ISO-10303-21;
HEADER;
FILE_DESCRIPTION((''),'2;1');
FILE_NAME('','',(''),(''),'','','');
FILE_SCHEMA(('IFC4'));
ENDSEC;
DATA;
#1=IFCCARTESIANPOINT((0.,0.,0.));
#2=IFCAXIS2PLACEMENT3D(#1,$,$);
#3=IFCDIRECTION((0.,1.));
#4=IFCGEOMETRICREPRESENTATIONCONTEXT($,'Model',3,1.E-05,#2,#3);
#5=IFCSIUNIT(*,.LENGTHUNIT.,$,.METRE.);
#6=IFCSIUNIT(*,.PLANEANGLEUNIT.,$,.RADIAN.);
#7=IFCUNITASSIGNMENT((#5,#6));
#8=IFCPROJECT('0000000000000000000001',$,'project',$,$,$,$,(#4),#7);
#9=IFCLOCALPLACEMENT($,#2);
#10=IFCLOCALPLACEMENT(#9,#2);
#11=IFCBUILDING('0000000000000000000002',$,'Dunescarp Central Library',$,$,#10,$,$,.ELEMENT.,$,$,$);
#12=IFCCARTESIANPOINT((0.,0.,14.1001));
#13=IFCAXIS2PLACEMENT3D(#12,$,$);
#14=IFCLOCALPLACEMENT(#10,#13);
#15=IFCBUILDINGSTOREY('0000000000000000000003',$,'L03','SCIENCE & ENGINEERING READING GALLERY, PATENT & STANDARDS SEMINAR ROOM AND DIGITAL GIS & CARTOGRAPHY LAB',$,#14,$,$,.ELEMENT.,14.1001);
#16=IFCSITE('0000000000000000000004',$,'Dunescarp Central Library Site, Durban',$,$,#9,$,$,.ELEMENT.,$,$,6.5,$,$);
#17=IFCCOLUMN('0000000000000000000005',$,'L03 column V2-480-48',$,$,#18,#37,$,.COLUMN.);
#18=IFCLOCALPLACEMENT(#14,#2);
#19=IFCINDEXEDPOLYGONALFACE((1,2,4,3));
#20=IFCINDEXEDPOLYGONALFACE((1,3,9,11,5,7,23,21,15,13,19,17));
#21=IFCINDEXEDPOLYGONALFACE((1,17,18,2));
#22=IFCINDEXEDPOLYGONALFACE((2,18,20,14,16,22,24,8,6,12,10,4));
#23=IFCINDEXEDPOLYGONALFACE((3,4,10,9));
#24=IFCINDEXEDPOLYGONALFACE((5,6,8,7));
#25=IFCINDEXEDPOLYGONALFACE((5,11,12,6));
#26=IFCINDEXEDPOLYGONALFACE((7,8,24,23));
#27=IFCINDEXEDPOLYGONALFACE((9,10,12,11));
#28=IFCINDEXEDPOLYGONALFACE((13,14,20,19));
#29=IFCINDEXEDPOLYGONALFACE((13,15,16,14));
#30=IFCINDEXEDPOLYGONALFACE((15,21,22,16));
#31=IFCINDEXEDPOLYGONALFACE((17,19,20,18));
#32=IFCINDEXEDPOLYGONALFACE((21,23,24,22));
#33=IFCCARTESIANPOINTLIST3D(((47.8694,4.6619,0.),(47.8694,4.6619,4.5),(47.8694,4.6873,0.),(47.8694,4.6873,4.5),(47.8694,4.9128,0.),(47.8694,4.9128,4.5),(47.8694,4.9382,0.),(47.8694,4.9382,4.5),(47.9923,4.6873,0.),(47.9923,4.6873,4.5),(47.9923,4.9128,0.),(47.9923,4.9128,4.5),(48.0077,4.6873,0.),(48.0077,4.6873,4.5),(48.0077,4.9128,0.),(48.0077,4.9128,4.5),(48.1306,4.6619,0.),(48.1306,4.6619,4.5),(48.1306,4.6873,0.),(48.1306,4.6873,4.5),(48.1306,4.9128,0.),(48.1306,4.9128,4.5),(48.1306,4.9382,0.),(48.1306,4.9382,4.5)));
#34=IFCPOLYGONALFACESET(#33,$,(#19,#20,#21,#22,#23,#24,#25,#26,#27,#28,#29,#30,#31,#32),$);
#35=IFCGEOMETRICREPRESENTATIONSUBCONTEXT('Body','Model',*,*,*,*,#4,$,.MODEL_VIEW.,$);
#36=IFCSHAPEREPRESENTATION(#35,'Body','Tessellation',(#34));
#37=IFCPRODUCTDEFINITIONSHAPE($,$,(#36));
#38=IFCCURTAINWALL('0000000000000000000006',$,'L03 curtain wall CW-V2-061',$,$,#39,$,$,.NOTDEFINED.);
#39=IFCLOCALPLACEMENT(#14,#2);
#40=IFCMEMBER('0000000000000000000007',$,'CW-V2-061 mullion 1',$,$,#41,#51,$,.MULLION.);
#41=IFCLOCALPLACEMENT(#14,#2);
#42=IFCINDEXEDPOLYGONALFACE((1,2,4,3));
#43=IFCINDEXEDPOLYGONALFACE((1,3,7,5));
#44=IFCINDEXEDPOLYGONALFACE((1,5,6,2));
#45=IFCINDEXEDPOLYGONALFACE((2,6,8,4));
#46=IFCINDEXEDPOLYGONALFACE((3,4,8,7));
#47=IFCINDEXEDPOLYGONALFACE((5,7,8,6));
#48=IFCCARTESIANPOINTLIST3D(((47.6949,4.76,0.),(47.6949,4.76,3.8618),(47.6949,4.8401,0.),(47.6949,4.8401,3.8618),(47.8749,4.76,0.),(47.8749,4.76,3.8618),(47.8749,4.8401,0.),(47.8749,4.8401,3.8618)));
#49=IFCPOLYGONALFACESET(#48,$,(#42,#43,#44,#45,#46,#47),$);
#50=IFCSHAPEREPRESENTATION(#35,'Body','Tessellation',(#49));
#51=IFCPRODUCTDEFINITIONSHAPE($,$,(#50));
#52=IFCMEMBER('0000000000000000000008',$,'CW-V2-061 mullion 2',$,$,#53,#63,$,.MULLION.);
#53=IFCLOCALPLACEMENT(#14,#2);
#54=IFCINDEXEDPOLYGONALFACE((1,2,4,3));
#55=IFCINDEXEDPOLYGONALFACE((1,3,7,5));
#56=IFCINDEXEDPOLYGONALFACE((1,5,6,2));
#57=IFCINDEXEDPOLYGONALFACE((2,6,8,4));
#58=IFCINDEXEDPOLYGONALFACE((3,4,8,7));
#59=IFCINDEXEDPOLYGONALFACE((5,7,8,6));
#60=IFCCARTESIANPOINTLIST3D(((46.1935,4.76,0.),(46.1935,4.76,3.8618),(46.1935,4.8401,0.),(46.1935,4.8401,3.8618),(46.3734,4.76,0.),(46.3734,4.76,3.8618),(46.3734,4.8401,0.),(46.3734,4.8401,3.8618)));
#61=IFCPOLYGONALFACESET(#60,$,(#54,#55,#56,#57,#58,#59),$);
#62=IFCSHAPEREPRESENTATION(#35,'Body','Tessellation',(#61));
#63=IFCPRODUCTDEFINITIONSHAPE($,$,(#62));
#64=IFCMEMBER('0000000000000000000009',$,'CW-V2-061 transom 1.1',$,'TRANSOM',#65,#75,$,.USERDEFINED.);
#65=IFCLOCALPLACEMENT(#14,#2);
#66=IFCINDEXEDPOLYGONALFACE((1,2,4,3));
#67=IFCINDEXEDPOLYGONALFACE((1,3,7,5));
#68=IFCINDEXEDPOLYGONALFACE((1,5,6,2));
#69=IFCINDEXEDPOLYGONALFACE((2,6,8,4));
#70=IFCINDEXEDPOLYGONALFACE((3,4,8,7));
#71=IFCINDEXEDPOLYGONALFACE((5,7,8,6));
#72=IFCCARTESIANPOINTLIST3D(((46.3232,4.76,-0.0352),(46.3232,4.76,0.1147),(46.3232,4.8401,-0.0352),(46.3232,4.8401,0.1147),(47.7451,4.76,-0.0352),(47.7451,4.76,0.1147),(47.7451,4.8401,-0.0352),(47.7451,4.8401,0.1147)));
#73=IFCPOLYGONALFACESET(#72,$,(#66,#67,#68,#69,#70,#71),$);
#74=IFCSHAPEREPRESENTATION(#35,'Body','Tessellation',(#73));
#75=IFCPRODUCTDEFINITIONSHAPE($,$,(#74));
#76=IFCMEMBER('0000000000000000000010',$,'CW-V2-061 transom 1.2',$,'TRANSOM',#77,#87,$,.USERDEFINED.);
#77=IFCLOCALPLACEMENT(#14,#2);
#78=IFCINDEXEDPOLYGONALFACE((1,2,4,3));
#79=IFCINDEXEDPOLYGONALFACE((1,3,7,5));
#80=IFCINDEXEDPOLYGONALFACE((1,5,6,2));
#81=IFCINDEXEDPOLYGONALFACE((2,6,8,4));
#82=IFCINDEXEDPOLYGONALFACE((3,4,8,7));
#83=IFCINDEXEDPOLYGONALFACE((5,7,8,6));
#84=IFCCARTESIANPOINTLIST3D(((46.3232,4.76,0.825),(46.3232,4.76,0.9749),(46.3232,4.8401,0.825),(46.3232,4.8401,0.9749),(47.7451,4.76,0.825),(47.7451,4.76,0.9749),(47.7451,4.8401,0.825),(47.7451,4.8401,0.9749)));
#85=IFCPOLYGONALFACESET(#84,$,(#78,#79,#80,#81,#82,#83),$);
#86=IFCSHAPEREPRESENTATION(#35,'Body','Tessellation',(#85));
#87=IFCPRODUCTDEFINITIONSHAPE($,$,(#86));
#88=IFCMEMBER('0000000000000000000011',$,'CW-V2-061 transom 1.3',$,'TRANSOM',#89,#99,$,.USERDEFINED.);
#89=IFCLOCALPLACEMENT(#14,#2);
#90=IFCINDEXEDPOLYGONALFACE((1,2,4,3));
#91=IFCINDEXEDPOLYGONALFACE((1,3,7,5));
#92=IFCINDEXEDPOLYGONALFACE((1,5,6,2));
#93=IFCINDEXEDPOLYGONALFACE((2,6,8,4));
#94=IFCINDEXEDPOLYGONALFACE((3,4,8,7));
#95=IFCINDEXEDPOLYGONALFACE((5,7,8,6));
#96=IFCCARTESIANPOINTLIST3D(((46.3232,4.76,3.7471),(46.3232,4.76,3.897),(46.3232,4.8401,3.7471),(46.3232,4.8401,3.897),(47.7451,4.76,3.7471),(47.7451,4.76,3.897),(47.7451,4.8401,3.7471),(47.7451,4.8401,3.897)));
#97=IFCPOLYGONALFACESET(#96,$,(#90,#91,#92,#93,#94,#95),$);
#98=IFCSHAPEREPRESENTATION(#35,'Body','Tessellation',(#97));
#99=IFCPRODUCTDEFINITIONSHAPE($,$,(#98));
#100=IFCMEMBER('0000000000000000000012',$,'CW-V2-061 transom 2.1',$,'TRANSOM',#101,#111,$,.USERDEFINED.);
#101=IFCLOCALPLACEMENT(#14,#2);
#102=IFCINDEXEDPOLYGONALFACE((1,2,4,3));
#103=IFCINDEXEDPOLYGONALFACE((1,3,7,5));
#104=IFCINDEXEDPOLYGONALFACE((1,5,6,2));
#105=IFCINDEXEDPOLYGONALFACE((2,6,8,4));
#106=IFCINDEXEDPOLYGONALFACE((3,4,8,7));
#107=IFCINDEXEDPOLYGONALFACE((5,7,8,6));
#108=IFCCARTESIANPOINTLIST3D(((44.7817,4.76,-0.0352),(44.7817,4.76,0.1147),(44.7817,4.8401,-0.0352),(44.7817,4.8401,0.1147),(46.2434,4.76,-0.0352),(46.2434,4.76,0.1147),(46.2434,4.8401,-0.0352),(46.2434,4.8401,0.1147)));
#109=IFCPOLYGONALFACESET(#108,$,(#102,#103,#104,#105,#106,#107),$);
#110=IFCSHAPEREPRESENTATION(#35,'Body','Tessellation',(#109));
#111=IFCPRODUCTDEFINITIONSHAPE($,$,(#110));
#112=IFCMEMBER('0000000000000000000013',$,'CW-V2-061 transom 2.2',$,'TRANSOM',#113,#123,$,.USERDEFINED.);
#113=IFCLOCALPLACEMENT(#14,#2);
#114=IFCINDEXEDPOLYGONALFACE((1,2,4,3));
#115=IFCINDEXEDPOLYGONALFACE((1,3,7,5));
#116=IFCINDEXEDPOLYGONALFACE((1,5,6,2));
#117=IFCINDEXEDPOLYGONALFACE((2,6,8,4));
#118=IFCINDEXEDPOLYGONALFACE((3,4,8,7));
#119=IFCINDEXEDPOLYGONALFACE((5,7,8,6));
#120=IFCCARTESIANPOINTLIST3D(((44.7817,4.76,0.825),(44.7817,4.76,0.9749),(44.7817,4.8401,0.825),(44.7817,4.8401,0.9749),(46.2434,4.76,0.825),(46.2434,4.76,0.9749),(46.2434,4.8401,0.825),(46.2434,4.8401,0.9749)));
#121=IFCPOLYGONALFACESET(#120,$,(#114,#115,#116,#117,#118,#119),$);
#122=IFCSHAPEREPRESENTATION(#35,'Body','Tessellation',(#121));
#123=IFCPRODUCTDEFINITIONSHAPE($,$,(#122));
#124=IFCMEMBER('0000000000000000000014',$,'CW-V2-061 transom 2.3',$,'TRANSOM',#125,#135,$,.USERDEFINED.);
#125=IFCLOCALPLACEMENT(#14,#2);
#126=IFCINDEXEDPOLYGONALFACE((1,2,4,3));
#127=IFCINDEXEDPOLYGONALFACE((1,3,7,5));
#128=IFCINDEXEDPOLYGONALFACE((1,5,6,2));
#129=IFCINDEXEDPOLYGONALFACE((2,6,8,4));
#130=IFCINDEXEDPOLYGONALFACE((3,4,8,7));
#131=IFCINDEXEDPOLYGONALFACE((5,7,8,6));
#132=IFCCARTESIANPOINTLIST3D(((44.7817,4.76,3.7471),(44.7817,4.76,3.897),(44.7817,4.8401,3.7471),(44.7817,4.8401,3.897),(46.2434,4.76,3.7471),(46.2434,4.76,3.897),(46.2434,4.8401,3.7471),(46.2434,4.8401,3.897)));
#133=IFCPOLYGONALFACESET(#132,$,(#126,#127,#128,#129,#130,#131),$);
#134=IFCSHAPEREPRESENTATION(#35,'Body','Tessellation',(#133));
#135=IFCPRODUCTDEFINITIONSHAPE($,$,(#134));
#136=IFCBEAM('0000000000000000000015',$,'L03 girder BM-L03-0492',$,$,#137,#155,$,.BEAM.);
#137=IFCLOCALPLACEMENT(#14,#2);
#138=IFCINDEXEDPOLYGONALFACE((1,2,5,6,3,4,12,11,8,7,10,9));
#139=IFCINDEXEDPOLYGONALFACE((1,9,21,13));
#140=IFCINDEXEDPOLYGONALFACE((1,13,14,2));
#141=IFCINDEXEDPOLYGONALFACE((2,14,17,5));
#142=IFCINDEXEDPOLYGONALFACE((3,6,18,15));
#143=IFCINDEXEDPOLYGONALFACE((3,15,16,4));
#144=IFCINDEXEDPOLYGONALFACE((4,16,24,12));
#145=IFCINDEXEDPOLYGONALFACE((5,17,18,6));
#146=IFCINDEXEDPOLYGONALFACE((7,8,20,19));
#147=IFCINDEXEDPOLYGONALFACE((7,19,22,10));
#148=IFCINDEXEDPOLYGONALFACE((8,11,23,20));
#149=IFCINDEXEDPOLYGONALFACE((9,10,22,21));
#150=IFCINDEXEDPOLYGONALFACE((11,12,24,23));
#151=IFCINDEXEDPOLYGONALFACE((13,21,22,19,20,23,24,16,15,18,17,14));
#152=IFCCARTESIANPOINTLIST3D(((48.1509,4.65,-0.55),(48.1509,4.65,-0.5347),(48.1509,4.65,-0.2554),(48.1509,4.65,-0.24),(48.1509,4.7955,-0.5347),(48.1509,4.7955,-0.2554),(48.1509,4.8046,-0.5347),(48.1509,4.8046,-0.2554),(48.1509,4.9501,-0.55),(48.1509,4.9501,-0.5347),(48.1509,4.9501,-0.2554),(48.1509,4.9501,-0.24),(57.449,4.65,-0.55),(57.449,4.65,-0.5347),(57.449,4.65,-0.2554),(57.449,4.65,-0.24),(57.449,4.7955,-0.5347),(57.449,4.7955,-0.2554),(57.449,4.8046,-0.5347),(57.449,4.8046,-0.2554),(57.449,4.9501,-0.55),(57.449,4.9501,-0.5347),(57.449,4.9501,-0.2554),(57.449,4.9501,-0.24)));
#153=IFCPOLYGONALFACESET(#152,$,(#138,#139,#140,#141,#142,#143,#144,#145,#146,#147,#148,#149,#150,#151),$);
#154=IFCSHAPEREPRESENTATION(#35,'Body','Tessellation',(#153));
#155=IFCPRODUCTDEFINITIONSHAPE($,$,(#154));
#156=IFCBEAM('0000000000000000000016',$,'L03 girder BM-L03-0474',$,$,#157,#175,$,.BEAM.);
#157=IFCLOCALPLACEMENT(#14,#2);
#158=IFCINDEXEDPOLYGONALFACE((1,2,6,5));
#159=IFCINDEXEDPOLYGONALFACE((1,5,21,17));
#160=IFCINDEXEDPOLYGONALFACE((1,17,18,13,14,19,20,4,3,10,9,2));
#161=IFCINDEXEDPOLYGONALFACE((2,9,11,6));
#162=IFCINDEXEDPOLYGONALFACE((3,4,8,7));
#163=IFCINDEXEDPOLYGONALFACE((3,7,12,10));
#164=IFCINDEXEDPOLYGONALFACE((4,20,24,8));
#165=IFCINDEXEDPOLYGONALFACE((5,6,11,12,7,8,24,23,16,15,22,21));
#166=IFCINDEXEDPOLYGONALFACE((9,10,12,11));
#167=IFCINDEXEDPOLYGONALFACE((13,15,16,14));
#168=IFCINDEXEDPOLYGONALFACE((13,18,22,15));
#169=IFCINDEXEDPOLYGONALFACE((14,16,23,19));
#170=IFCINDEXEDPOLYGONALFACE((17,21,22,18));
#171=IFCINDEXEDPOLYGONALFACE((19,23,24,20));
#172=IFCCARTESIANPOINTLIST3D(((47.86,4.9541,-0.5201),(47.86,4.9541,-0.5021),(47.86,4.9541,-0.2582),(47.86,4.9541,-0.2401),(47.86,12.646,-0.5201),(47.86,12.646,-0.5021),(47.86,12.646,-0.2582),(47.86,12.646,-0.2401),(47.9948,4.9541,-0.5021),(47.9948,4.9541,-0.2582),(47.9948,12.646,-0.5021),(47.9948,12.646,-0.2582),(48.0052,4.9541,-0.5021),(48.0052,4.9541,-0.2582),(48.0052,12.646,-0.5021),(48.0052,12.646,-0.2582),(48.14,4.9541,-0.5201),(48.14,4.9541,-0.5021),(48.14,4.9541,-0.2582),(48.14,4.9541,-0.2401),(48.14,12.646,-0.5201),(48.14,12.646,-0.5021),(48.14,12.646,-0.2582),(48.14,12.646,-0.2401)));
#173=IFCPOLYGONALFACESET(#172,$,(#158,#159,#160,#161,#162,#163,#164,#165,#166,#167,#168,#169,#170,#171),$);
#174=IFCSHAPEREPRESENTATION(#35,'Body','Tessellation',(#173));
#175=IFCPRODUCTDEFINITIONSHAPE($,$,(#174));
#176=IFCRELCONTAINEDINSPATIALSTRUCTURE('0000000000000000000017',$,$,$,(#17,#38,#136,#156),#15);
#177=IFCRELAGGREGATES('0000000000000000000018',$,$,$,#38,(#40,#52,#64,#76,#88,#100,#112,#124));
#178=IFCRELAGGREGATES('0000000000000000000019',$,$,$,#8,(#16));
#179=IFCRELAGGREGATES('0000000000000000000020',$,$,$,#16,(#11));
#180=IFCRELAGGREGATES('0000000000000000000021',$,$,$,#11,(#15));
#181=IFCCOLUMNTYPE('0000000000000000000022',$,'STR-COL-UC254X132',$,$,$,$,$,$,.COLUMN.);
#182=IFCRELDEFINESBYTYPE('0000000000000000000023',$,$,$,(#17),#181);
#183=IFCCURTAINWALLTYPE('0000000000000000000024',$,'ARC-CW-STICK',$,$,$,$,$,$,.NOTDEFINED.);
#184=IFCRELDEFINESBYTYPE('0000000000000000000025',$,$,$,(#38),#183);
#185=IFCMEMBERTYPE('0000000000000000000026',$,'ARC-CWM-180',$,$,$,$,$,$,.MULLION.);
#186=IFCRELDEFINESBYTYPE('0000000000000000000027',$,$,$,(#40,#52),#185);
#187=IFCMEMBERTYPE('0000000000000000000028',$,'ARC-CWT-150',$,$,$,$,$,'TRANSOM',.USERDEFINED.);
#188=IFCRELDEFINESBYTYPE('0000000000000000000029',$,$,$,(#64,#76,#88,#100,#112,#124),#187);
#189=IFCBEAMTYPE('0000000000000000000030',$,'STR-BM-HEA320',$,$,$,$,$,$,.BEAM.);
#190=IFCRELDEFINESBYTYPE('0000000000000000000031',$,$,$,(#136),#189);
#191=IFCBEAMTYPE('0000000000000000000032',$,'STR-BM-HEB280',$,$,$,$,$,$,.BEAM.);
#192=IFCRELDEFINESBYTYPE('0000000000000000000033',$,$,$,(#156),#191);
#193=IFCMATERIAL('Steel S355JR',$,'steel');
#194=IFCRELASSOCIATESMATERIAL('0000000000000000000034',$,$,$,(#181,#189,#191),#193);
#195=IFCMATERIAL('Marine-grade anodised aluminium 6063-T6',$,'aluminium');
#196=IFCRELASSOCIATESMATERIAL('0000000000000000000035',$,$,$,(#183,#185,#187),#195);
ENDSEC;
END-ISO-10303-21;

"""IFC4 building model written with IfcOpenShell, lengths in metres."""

from ifc_helpers import new_model, si_unit, direction, frame, origin, origin_2d, place, context, subcontext, project, spatial, rectangle, i_section, extrude, material, material_profile, profile_set, type_object, element, aggregate, save


model = new_model("IFC4")

# Units and contexts
model_context = context("Model", 3, precision=1e-05, world=origin(), true_north=direction((0.0, 1.0)))
body_context = subcontext(model_context, "Body", "Model", "MODEL_VIEW")
ifc_project = project(units=[si_unit("LENGTHUNIT", "METRE"), si_unit("PLANEANGLEUNIT", "RADIAN")], contexts=[model_context])

# Site, building, storey
site_placement = place(None, origin())
site = spatial("IfcSite", under=ifc_project, at=site_placement, Name="Dunescarp Central Library Site, Durban", CompositionType="ELEMENT", RefElevation=6.5)
building_placement = place(site_placement, origin())
building = spatial("IfcBuilding", under=site, at=building_placement, Name="Dunescarp Central Library", CompositionType="ELEMENT")
storey_placement = place(building_placement, frame((0.0, 0.0, 14.1001)))
storey = spatial("IfcBuildingStorey", under=building, at=storey_placement, Name="L03", Description="SCIENCE & ENGINEERING READING GALLERY, PATENT & STANDARDS SEMINAR ROOM AND DIGITAL GIS & CARTOGRAPHY LAB", CompositionType="ELEMENT", Elevation=14.1001)

# Column
ifc_material_1 = material(Name="Steel S355JR", Category="steel")
ifc_material_profile_1 = material_profile(ifc_material_1, i_section(OverallWidth=0.2612, OverallDepth=0.2764, WebThickness=0.0154, FlangeThickness=0.0254, at=origin_2d()), Name="UC 254x254x132")
ifc_profile_set_1 = profile_set([ifc_material_profile_1], Name="Steel S355JR")
column_type = type_object("IfcColumnType", Name="STR-COL-UC254X132", PredefinedType="COLUMN", material=ifc_profile_set_1)
column_placement = place(storey_placement, frame((48.0, 4.8, 0.0), z_axis=(0.0, 0.0, 1.0), x_axis=(1.0, 0.0, 0.0)))
element("IfcColumn", 1, at=column_placement, inside=storey, type_object=column_type, Name="L03 column V2-480-48", PredefinedType="COLUMN", context=body_context, shape_type="SweptSolid", body=[
    extrude(i_section(OverallWidth=0.2612, OverallDepth=0.2764, WebThickness=0.0154, FlangeThickness=0.0254, at=origin_2d()), origin(), (0.0, 0.0, 1.0), 4.5),
])

# Curtain wall, members
ifc_material_2 = material(Name="Marine-grade anodised aluminium 6063-T6", Category="aluminium")
curtain_wall_type = type_object("IfcCurtainWallType", Name="ARC-CW-STICK", PredefinedType="NOTDEFINED", material=ifc_material_2)
curtain_wall_placement = place(storey_placement, origin())
curtain_wall = element("IfcCurtainWall", 2, at=curtain_wall_placement, inside=storey, type_object=curtain_wall_type, Name="L03 curtain wall CW-V2-061", PredefinedType="NOTDEFINED")
ifc_material_profile_2 = material_profile(ifc_material_2, rectangle(XDim=0.0801, YDim=0.1799, at=origin_2d()), Name="AL 80x180")
ifc_profile_set_2 = profile_set([ifc_material_profile_2], Name="Marine-grade anodised aluminium 6063-T6")
member_type_1 = type_object("IfcMemberType", Name="ARC-CWM-180", PredefinedType="MULLION", material=ifc_profile_set_2)
member_1_placement = place(storey_placement, frame((47.7849, 4.8, 0.0), z_axis=(0.0, 0.0, 1.0), x_axis=(0.0, -1.0, 0.0)))
member_1 = element("IfcMember", 3, at=member_1_placement, type_object=member_type_1, Name="CW-V2-061 mullion 1", PredefinedType="MULLION", context=body_context, shape_type="SweptSolid", body=[
    extrude(rectangle(XDim=0.0801, YDim=0.1799, at=origin_2d()), origin(), (0.0, 0.0, 1.0), 3.8618),
])
member_2_placement = place(storey_placement, frame((46.2834, 4.8, 0.0), z_axis=(0.0, 0.0, 1.0), x_axis=(0.0, -1.0, 0.0)))
member_2 = element("IfcMember", 4, at=member_2_placement, type_object=member_type_1, Name="CW-V2-061 mullion 2", PredefinedType="MULLION", context=body_context, shape_type="SweptSolid", body=[
    extrude(rectangle(XDim=0.0801, YDim=0.1799, at=origin_2d()), origin(), (0.0, 0.0, 1.0), 3.8618),
])
ifc_material_profile_3 = material_profile(ifc_material_2, rectangle(XDim=0.0801, YDim=0.1499, at=origin_2d()), Name="AL 80x150")
ifc_profile_set_3 = profile_set([ifc_material_profile_3], Name="Marine-grade anodised aluminium 6063-T6")
member_type_2 = type_object("IfcMemberType", Name="ARC-CWT-150", ElementType="TRANSOM", PredefinedType="USERDEFINED", material=ifc_profile_set_3)
member_3_placement = place(storey_placement, frame((47.7451, 4.8, 0.0398), z_axis=(-1.0, 0.0, 0.0), x_axis=(0.0, -1.0, 0.0)))
member_3 = element("IfcMember", 5, at=member_3_placement, type_object=member_type_2, Name="CW-V2-061 transom 1.1", ObjectType="TRANSOM", PredefinedType="USERDEFINED", context=body_context, shape_type="SweptSolid", body=[
    extrude(rectangle(XDim=0.0801, YDim=0.1499, at=origin_2d()), origin(), (0.0, 0.0, 1.0), 1.4219),
])
member_4_placement = place(storey_placement, frame((47.7451, 4.8, 0.8999), z_axis=(-1.0, 0.0, 0.0), x_axis=(0.0, -1.0, 0.0)))
member_4 = element("IfcMember", 6, at=member_4_placement, type_object=member_type_2, Name="CW-V2-061 transom 1.2", ObjectType="TRANSOM", PredefinedType="USERDEFINED", context=body_context, shape_type="SweptSolid", body=[
    extrude(rectangle(XDim=0.0801, YDim=0.1499, at=origin_2d()), origin(), (0.0, 0.0, 1.0), 1.4219),
])
member_5_placement = place(storey_placement, frame((47.7451, 4.8, 3.822), z_axis=(-1.0, 0.0, 0.0), x_axis=(0.0, -1.0, 0.0)))
member_5 = element("IfcMember", 7, at=member_5_placement, type_object=member_type_2, Name="CW-V2-061 transom 1.3", ObjectType="TRANSOM", PredefinedType="USERDEFINED", context=body_context, shape_type="SweptSolid", body=[
    extrude(rectangle(XDim=0.0801, YDim=0.1499, at=origin_2d()), origin(), (0.0, 0.0, 1.0), 1.4219),
])
member_6_placement = place(storey_placement, frame((46.2434, 4.8, 0.0398), z_axis=(-1.0, 0.0, 0.0), x_axis=(0.0, -1.0, 0.0)))
member_6 = element("IfcMember", 8, at=member_6_placement, type_object=member_type_2, Name="CW-V2-061 transom 2.1", ObjectType="TRANSOM", PredefinedType="USERDEFINED", context=body_context, shape_type="SweptSolid", body=[
    extrude(rectangle(XDim=0.0801, YDim=0.1499, at=origin_2d()), origin(), (0.0, 0.0, 1.0), 1.4617),
])
member_7_placement = place(storey_placement, frame((46.2434, 4.8, 0.8999), z_axis=(-1.0, 0.0, 0.0), x_axis=(0.0, -1.0, 0.0)))
member_7 = element("IfcMember", 9, at=member_7_placement, type_object=member_type_2, Name="CW-V2-061 transom 2.2", ObjectType="TRANSOM", PredefinedType="USERDEFINED", context=body_context, shape_type="SweptSolid", body=[
    extrude(rectangle(XDim=0.0801, YDim=0.1499, at=origin_2d()), origin(), (0.0, 0.0, 1.0), 1.4617),
])
member_8_placement = place(storey_placement, frame((46.2434, 4.8, 3.822), z_axis=(-1.0, 0.0, 0.0), x_axis=(0.0, -1.0, 0.0)))
member_8 = element("IfcMember", 10, at=member_8_placement, type_object=member_type_2, Name="CW-V2-061 transom 2.3", ObjectType="TRANSOM", PredefinedType="USERDEFINED", context=body_context, shape_type="SweptSolid", body=[
    extrude(rectangle(XDim=0.0801, YDim=0.1499, at=origin_2d()), origin(), (0.0, 0.0, 1.0), 1.4617),
])

# Beams
ifc_material_profile_4 = material_profile(ifc_material_1, i_section(OverallWidth=0.3, OverallDepth=0.3101, WebThickness=0.009, FlangeThickness=0.0154, at=origin_2d()), Name="HEA 320")
ifc_profile_set_4 = profile_set([ifc_material_profile_4], Name="Steel S355JR")
beam_type_1 = type_object("IfcBeamType", Name="STR-BM-HEA320", PredefinedType="BEAM", material=ifc_profile_set_4)
beam_1_placement = place(storey_placement, frame((48.1509, 4.8, -0.395), z_axis=(1.0, 0.0, 0.0), x_axis=(0.0, 1.0, 0.0)))
element("IfcBeam", 11, at=beam_1_placement, inside=storey, type_object=beam_type_1, Name="L03 girder BM-L03-0492", PredefinedType="BEAM", context=body_context, shape_type="SweptSolid", body=[
    extrude(i_section(OverallWidth=0.3, OverallDepth=0.3101, WebThickness=0.009, FlangeThickness=0.0154, at=origin_2d()), origin(), (0.0, 0.0, 1.0), 9.2981),
])
ifc_material_profile_5 = material_profile(ifc_material_1, i_section(OverallWidth=0.28, OverallDepth=0.28, WebThickness=0.0105, FlangeThickness=0.0181, at=origin_2d()), Name="HEB 280")
ifc_profile_set_5 = profile_set([ifc_material_profile_5], Name="Steel S355JR")
beam_type_2 = type_object("IfcBeamType", Name="STR-BM-HEB280", PredefinedType="BEAM", material=ifc_profile_set_5)
beam_2_placement = place(storey_placement, frame((48.0, 4.9541, -0.3801), z_axis=(0.0, 1.0, 0.0), x_axis=(-1.0, 0.0, 0.0)))
element("IfcBeam", 12, at=beam_2_placement, inside=storey, type_object=beam_type_2, Name="L03 girder BM-L03-0474", PredefinedType="BEAM", context=body_context, shape_type="SweptSolid", body=[
    extrude(i_section(OverallWidth=0.28, OverallDepth=0.28, WebThickness=0.0105, FlangeThickness=0.0181, at=origin_2d()), origin(), (0.0, 0.0, 1.0), 7.6919),
])

aggregate(curtain_wall, [member_1, member_2, member_3, member_4, member_5, member_6, member_7, member_8])

save(model, "model.ifc")
